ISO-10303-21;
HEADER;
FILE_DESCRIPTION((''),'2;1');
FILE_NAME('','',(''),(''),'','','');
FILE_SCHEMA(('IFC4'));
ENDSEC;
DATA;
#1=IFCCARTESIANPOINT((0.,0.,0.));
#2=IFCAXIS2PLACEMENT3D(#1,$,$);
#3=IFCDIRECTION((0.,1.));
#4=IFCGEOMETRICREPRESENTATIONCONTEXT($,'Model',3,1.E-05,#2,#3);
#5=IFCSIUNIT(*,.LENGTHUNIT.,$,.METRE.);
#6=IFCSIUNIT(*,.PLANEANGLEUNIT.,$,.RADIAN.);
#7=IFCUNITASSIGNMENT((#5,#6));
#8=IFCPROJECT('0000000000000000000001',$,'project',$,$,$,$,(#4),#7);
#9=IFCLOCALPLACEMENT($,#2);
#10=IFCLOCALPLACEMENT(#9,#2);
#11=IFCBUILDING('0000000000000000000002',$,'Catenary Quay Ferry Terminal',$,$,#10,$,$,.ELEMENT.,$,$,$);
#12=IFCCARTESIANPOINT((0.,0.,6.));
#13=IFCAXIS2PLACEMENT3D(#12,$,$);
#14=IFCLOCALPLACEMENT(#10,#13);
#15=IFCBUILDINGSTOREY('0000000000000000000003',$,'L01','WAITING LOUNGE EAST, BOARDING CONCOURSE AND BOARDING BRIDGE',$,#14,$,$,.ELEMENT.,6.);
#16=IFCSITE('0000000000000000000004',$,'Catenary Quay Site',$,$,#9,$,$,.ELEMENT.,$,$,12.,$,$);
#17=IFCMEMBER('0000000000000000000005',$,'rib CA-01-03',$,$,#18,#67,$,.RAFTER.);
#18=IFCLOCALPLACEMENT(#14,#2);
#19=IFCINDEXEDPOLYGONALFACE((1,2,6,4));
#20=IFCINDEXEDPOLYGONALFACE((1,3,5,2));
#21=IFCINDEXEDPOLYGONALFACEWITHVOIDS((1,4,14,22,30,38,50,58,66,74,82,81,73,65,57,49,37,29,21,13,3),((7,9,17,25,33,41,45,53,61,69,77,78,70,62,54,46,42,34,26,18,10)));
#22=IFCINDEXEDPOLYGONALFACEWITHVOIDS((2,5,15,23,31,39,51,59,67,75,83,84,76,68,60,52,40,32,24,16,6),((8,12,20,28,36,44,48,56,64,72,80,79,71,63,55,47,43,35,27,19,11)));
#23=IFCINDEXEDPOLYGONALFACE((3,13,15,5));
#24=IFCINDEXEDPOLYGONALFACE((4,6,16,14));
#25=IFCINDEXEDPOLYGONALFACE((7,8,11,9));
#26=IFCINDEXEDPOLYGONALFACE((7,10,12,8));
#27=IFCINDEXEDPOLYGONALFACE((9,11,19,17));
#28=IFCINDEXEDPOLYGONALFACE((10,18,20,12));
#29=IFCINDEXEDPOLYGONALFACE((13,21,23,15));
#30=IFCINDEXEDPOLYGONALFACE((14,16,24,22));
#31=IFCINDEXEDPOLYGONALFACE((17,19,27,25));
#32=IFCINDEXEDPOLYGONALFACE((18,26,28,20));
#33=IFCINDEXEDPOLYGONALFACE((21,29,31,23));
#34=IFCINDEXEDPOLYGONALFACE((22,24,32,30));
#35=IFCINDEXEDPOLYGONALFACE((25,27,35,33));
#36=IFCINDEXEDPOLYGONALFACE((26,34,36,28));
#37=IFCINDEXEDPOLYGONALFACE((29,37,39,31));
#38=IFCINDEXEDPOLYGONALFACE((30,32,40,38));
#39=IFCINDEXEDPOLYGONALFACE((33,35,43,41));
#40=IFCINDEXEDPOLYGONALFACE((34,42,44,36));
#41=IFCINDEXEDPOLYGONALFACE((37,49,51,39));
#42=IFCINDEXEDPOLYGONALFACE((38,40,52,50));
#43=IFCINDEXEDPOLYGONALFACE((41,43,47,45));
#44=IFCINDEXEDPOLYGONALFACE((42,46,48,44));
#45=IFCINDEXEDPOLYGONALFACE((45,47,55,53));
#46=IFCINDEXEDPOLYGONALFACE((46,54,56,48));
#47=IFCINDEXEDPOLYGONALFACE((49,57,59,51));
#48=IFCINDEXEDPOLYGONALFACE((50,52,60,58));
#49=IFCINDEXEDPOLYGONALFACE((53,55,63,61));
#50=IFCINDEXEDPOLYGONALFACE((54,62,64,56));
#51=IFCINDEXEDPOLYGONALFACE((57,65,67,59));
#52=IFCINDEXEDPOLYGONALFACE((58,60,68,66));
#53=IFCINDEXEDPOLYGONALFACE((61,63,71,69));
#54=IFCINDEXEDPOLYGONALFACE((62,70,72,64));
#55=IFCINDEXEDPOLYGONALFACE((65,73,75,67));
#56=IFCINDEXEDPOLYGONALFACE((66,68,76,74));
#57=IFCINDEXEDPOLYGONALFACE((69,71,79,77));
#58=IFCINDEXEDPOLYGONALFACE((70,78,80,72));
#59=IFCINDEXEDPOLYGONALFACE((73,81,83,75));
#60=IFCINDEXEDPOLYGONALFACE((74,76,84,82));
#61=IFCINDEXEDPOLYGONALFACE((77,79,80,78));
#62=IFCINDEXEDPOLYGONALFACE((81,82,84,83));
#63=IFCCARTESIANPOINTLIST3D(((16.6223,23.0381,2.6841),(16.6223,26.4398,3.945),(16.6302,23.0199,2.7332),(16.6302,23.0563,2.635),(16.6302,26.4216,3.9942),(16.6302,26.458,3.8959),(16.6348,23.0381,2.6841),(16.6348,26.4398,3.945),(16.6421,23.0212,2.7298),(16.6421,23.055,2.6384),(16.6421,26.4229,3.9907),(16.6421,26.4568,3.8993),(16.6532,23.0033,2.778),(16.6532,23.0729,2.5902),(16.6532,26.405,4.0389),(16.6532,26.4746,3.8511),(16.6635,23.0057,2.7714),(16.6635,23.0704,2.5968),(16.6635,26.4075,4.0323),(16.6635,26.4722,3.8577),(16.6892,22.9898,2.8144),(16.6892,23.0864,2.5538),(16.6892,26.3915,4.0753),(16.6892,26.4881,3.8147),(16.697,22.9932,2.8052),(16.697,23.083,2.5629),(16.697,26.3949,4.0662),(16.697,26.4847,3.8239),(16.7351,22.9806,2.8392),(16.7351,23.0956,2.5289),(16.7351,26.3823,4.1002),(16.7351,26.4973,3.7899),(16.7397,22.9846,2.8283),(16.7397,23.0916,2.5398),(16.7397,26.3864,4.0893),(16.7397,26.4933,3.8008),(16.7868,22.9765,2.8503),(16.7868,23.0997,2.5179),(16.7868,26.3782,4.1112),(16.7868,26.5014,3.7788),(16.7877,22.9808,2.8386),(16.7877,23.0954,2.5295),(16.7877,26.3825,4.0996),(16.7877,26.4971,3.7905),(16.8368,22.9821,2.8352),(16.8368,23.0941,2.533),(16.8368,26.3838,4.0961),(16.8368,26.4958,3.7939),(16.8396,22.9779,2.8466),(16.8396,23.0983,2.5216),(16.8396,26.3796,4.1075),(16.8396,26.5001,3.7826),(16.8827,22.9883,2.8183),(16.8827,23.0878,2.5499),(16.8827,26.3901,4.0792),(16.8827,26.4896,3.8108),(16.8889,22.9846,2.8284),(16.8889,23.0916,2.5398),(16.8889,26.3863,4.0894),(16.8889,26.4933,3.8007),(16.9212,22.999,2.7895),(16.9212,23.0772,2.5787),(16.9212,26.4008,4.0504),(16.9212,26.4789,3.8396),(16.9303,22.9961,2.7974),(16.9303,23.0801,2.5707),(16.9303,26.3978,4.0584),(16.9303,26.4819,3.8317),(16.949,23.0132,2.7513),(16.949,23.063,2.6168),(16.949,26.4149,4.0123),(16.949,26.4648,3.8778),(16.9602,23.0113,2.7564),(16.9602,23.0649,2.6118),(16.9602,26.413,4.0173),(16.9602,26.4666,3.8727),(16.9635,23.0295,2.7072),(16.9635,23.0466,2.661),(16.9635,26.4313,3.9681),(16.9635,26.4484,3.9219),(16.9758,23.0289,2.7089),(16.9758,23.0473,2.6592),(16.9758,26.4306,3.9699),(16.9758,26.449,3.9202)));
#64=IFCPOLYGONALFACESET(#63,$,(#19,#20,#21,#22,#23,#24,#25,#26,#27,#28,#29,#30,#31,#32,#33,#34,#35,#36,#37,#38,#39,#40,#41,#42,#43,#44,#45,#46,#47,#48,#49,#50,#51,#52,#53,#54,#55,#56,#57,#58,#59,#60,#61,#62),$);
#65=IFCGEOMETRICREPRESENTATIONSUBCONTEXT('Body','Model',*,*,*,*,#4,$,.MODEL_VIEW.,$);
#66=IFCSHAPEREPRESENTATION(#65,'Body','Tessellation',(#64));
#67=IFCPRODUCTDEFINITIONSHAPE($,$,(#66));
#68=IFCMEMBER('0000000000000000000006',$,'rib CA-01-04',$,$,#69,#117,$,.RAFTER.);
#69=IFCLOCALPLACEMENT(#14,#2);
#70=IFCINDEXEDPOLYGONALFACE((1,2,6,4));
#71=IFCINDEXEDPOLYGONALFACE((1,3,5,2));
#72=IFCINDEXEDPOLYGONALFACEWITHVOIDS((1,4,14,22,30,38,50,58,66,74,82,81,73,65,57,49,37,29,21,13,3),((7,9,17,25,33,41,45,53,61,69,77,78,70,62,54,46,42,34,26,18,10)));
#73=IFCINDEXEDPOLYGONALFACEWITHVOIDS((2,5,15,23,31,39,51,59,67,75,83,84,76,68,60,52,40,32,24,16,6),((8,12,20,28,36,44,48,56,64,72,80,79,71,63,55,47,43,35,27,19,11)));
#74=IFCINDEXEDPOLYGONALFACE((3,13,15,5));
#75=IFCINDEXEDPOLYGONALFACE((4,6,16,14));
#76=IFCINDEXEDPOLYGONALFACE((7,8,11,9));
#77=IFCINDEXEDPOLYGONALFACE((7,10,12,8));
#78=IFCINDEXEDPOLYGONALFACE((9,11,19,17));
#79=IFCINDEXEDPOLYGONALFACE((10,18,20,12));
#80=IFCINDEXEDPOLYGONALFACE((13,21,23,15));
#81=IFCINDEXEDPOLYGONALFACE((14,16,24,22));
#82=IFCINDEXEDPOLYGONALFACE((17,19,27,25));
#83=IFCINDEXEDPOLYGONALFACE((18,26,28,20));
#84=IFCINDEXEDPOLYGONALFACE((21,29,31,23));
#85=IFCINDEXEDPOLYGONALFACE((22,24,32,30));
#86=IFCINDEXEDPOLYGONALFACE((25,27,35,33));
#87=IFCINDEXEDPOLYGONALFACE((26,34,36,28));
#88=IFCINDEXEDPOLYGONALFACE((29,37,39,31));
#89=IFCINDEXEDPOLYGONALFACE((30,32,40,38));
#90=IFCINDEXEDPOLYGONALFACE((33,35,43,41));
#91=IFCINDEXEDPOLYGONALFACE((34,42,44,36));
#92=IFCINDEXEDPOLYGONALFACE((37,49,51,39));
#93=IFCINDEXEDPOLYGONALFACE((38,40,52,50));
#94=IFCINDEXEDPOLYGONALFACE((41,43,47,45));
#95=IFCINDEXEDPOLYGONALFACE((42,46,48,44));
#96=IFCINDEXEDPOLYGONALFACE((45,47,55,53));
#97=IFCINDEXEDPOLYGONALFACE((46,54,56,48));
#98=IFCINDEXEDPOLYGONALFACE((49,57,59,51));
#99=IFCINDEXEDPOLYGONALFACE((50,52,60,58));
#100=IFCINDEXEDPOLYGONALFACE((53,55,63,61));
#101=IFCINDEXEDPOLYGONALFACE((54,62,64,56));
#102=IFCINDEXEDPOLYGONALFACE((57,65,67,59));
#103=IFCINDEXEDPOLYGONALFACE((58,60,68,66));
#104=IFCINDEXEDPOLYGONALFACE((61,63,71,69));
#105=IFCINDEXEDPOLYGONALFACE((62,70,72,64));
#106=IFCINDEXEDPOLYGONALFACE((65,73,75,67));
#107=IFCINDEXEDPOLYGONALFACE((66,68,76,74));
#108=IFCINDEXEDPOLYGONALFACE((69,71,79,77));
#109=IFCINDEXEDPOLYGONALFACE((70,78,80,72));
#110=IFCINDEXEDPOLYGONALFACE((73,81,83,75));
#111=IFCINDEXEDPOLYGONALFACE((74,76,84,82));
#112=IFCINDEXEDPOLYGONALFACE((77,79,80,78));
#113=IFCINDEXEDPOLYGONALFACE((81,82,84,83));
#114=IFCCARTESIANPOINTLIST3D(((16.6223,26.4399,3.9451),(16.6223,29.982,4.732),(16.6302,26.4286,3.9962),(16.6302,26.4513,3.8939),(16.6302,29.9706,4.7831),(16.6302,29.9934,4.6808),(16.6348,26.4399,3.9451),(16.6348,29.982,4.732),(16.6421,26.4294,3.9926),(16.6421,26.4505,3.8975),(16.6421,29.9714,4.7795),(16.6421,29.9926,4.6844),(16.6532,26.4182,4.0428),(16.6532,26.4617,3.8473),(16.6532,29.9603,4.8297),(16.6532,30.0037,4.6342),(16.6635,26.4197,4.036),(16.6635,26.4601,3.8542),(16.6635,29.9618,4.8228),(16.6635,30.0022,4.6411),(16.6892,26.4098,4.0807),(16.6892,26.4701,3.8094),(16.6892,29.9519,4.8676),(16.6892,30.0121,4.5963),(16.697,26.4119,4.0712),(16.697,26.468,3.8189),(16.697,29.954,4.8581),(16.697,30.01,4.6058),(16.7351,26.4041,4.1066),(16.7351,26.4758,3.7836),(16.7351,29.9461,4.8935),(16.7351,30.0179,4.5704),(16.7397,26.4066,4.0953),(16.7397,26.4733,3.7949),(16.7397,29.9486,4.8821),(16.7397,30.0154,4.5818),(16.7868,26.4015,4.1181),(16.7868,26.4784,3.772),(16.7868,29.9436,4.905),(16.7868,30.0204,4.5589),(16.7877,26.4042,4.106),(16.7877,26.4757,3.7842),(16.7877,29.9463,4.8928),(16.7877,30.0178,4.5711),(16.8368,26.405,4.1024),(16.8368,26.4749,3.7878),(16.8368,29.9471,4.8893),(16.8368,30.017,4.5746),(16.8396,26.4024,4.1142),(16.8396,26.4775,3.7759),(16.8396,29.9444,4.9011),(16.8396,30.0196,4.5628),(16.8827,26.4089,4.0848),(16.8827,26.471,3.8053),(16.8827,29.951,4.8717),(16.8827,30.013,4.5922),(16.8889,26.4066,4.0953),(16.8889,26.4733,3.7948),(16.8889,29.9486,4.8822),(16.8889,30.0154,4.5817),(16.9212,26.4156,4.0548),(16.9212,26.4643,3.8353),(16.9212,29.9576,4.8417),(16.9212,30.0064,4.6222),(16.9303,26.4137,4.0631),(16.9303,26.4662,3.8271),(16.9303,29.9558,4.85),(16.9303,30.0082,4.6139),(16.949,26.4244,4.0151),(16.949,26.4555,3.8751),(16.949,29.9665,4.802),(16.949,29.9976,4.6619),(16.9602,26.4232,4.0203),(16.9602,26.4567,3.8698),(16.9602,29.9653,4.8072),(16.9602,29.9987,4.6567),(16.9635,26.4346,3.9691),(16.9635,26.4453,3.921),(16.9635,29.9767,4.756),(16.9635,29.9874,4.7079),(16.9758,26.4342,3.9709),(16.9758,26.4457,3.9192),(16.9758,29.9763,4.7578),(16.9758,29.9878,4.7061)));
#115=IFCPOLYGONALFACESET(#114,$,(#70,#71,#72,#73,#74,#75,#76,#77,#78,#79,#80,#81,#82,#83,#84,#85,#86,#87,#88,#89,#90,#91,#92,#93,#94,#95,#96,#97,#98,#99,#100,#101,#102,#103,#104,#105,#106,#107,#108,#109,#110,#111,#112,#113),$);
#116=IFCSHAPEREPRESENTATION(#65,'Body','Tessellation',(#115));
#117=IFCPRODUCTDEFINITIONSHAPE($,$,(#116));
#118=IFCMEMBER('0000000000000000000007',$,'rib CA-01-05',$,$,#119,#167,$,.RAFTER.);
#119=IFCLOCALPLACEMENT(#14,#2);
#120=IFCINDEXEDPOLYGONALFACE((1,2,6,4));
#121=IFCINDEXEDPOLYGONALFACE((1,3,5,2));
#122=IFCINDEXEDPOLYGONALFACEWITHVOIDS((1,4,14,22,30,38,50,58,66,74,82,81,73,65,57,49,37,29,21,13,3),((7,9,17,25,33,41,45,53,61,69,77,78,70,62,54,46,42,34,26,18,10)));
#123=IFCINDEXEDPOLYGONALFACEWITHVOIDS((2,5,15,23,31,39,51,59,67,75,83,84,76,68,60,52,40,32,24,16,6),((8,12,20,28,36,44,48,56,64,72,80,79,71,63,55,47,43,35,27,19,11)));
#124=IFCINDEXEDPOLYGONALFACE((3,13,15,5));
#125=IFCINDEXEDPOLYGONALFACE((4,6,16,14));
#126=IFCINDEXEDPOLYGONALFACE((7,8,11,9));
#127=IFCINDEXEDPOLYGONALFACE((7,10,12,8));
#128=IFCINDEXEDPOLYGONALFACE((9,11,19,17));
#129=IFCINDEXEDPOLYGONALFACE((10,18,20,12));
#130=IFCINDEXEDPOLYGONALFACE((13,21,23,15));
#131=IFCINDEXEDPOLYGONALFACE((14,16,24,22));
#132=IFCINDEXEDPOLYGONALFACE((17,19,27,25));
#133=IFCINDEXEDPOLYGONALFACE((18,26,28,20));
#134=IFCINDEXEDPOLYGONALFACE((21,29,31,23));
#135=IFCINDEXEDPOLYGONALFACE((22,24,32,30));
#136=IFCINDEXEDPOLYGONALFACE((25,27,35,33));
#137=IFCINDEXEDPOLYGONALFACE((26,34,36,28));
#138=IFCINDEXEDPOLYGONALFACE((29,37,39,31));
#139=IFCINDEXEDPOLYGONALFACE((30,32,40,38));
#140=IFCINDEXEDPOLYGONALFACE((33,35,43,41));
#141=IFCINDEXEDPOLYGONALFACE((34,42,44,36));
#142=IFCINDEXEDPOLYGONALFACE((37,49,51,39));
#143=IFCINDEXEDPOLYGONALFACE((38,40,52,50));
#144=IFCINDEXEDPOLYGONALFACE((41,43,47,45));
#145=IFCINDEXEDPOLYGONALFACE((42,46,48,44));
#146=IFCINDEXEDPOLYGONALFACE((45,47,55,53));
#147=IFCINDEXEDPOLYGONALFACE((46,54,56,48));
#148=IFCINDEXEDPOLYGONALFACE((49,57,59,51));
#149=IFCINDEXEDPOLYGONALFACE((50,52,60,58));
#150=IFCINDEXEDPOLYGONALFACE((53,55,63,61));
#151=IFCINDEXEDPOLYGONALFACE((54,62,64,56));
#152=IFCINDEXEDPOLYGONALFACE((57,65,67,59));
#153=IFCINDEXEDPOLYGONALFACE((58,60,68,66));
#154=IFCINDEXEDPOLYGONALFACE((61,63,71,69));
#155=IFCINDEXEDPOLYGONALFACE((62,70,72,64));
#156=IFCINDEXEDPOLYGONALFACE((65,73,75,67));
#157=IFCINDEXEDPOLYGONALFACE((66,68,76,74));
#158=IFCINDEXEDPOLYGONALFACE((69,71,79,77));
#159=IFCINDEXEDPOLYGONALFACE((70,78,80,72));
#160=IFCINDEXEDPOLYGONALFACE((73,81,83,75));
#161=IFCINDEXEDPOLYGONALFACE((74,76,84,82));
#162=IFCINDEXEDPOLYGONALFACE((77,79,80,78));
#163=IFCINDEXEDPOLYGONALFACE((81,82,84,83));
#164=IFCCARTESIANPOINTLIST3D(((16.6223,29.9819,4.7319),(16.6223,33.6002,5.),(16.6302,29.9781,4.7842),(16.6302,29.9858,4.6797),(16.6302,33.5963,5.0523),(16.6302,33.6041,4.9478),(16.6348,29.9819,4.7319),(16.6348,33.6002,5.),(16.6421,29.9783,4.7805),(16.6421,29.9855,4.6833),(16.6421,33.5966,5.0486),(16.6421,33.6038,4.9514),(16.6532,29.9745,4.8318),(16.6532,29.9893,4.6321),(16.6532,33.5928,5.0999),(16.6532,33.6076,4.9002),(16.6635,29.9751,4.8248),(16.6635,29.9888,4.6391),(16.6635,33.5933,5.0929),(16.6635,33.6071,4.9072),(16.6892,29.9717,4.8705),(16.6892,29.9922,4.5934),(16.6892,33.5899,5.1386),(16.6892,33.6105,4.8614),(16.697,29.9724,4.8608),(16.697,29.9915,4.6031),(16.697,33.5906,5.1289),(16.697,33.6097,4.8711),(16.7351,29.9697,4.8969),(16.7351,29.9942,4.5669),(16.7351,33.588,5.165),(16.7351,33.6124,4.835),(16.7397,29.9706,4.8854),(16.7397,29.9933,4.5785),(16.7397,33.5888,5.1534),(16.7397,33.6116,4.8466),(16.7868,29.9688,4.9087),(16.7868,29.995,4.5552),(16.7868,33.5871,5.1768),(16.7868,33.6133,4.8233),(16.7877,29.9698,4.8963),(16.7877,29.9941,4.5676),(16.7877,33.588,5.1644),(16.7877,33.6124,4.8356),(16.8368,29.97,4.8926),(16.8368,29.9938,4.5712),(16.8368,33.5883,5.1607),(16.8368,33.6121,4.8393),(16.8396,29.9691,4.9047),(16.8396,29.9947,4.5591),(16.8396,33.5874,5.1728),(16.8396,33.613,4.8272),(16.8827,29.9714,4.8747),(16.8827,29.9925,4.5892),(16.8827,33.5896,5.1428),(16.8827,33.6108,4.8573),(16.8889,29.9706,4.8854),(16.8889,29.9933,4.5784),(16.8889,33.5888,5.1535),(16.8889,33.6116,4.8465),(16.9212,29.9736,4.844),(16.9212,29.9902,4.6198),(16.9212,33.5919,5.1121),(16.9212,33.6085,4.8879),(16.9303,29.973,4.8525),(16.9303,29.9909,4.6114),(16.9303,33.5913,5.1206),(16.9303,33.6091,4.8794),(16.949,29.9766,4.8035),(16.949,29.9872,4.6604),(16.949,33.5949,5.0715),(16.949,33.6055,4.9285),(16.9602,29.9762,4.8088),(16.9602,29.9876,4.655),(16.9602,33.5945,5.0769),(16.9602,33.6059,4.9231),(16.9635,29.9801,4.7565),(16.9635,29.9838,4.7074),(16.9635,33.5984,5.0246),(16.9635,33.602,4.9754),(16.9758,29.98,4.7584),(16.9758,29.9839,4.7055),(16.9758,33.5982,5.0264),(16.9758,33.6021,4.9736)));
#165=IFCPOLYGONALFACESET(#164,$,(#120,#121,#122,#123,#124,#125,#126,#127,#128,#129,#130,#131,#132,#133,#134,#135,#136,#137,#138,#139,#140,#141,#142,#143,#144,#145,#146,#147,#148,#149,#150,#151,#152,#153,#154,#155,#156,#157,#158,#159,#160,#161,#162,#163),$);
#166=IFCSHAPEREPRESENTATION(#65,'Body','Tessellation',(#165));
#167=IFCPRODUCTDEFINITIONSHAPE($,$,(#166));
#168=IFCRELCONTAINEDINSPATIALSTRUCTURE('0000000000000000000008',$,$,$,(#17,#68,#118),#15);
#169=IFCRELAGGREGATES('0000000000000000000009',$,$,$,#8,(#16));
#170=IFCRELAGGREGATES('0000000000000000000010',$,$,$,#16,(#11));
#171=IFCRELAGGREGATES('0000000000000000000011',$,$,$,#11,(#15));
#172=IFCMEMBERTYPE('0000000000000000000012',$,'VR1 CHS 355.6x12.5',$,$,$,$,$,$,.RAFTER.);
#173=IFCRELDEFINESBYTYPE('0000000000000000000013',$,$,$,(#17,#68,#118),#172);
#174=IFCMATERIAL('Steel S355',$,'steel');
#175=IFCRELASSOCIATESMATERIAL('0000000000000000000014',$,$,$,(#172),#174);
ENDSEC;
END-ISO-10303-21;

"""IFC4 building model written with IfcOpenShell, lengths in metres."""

from ifc_helpers import new_model, si_unit, direction, frame, origin, origin_2d, place, context, subcontext, project, spatial, hollow_circle, extrude, material, material_profile, profile_set, type_object, element, save


model = new_model("IFC4")

# Units and contexts
model_context = context("Model", 3, precision=1e-05, world=origin(), true_north=direction((0.0, 1.0)))
body_context = subcontext(model_context, "Body", "Model", "MODEL_VIEW")
ifc_project = project(units=[si_unit("LENGTHUNIT", "METRE"), si_unit("PLANEANGLEUNIT", "RADIAN")], contexts=[model_context])

# Site, building, storey
site_placement = place(None, origin())
site = spatial("IfcSite", under=ifc_project, at=site_placement, Name="Catenary Quay Site", CompositionType="ELEMENT", RefElevation=12.0)
building_placement = place(site_placement, origin())
building = spatial("IfcBuilding", under=site, at=building_placement, Name="Catenary Quay Ferry Terminal", CompositionType="ELEMENT")
storey_placement = place(building_placement, frame((0.0, 0.0, 6.0)))
storey = spatial("IfcBuildingStorey", under=building, at=storey_placement, Name="L01", Description="WAITING LOUNGE EAST, BOARDING CONCOURSE AND BOARDING BRIDGE", CompositionType="ELEMENT", Elevation=6.0)

# Members
ifc_material_1 = material(Name="Steel S355", Category="steel")
ifc_material_profile_1 = material_profile(ifc_material_1, hollow_circle(Radius=0.1777, WallThickness=0.0125, at=origin_2d()), Name="CHS 355.6x12.5")
ifc_profile_set_1 = profile_set([ifc_material_profile_1], Name="Steel S355")
member_type_1 = type_object("IfcMemberType", Name="VR1 CHS 355.6x12.5", PredefinedType="RAFTER", material=ifc_profile_set_1)
member_1_placement = place(storey_placement, frame((16.8, 23.0381, 2.6841), z_axis=(0.0, 0.937655, 0.347566), x_axis=(-1.0, 0.0, 0.0)))
element("IfcMember", 1, at=member_1_placement, inside=storey, type_object=member_type_1, Name="rib CA-01-03", PredefinedType="RAFTER", context=body_context, shape_type="SweptSolid", body=[
    extrude(hollow_circle(Radius=0.1777, WallThickness=0.0125, at=origin_2d()), origin(), (0.0, 0.0, 1.0), 3.6279),
])
member_2_placement = place(storey_placement, frame((16.8, 26.4399, 3.9451), z_axis=(0.0, 0.976201, 0.216866), x_axis=(-1.0, 0.0, 0.0)))
element("IfcMember", 2, at=member_2_placement, inside=storey, type_object=member_type_1, Name="rib CA-01-04", PredefinedType="RAFTER", context=body_context, shape_type="SweptSolid", body=[
    extrude(hollow_circle(Radius=0.1777, WallThickness=0.0125, at=origin_2d()), origin(), (0.0, 0.0, 1.0), 3.6284),
])
member_3_placement = place(storey_placement, frame((16.8, 29.9819, 4.7319), z_axis=(0.0, 0.997267, 0.073887), x_axis=(-1.0, 0.0, 0.0)))
element("IfcMember", 3, at=member_3_placement, inside=storey, type_object=member_type_1, Name="rib CA-01-05", PredefinedType="RAFTER", context=body_context, shape_type="SweptSolid", body=[
    extrude(hollow_circle(Radius=0.1777, WallThickness=0.0125, at=origin_2d()), origin(), (0.0, 0.0, 1.0), 3.6282),
])

save(model, "model.ifc")
